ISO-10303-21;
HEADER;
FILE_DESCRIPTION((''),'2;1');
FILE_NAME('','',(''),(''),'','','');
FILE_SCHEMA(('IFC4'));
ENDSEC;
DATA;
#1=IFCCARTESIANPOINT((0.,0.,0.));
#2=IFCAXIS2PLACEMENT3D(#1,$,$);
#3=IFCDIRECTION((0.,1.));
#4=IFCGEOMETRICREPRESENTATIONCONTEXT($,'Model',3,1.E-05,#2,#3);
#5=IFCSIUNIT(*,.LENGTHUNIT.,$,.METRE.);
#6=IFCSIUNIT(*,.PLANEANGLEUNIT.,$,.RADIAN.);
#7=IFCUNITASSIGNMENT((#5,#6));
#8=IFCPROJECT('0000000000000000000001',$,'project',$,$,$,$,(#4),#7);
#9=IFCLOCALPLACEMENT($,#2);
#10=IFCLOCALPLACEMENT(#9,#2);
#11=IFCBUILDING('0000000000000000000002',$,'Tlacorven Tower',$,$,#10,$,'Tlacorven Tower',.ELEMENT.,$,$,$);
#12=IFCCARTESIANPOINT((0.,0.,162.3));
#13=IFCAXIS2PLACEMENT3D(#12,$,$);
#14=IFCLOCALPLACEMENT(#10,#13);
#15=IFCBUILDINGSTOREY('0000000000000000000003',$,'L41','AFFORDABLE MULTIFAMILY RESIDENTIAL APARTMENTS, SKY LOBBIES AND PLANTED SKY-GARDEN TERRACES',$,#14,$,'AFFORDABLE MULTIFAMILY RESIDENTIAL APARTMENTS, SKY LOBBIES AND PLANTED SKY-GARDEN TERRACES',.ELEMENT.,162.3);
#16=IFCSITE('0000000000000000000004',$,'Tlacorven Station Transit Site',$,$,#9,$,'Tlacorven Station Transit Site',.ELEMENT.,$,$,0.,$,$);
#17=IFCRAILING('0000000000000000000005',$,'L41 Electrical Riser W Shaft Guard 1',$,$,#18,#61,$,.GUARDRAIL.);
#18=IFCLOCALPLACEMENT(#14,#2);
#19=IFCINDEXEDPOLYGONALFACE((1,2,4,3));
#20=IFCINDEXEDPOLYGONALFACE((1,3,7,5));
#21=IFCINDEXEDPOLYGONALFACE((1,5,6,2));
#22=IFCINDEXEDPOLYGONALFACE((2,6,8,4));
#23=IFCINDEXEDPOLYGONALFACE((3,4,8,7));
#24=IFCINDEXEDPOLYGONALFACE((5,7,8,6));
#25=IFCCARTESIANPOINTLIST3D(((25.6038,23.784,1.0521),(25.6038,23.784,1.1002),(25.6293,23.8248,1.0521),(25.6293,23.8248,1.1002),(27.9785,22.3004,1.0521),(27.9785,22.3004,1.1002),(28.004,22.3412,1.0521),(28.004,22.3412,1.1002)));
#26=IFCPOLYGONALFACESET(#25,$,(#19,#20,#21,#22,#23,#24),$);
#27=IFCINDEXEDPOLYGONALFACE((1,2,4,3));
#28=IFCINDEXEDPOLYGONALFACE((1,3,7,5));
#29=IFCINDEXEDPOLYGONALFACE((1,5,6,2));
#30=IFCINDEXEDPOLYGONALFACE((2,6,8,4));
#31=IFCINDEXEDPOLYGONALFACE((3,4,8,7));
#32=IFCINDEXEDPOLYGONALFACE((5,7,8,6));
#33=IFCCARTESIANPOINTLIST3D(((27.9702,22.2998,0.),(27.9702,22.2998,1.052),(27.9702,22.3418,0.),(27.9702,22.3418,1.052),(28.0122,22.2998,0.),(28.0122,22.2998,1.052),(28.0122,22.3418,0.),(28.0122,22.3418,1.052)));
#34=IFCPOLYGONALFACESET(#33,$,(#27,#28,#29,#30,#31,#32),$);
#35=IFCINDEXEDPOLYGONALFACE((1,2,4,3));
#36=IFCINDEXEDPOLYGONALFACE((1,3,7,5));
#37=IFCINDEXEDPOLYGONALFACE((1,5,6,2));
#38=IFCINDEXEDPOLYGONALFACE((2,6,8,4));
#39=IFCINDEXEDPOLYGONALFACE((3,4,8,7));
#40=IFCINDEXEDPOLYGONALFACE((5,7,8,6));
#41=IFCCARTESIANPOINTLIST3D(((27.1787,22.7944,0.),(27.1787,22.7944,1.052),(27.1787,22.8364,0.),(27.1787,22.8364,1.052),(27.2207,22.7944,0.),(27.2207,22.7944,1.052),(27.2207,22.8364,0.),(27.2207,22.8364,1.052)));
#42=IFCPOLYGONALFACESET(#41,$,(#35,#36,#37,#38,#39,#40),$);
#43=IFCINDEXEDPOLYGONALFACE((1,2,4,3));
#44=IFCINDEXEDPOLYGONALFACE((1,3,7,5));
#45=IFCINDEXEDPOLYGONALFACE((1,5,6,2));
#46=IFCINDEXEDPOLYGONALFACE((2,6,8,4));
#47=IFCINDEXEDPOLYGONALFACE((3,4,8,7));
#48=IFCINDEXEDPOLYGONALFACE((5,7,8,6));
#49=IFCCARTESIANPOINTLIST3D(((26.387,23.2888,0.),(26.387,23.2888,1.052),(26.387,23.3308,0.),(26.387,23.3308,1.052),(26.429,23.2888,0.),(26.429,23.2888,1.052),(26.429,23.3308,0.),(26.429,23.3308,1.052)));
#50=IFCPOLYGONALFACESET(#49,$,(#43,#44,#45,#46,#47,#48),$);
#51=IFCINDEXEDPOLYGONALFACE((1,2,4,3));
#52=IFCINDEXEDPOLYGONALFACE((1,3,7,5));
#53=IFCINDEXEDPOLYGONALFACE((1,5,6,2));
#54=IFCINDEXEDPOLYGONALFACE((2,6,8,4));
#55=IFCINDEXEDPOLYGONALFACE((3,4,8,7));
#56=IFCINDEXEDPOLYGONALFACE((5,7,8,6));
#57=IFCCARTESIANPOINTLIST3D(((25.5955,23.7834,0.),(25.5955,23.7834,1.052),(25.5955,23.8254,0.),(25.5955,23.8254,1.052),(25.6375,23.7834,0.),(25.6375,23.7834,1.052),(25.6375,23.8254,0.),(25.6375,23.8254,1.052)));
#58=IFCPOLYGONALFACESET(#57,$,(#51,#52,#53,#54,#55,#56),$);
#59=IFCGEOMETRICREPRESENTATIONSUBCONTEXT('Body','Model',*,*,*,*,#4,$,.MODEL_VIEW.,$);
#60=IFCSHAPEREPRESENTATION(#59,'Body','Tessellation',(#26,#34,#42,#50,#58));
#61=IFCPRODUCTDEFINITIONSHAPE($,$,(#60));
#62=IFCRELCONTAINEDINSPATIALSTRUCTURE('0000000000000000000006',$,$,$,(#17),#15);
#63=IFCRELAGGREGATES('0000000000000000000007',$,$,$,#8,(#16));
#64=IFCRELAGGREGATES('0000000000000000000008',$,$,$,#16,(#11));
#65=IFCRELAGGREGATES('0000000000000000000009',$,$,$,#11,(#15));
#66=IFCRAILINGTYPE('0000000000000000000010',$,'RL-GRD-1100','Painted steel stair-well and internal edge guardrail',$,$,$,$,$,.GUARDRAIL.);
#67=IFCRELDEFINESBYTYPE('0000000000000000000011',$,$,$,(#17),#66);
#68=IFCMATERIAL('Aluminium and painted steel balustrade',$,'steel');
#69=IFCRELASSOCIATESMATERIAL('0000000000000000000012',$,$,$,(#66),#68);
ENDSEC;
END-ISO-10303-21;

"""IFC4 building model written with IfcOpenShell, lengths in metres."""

from ifc_helpers import new_model, si_unit, direction, frame, origin, origin_2d, place, context, subcontext, project, spatial, rectangle, extrude, source, transform, mapped, material, type_object, element, save


model = new_model("IFC4")

# Units and contexts
model_context = context("Model", 3, precision=1e-05, world=origin(), true_north=direction((0.0, 1.0)))
body_context = subcontext(model_context, "Body", "Model", "MODEL_VIEW")
ifc_project = project(units=[si_unit("LENGTHUNIT", "METRE"), si_unit("PLANEANGLEUNIT", "RADIAN")], contexts=[model_context])

# Site, building, storey
site_placement = place(None, origin())
site = spatial("IfcSite", under=ifc_project, at=site_placement, Name="Tlacorven Station Transit Site", LongName="Tlacorven Station Transit Site", CompositionType="ELEMENT", RefElevation=0.0)
building_placement = place(site_placement, origin())
building = spatial("IfcBuilding", under=site, at=building_placement, Name="Tlacorven Tower", LongName="Tlacorven Tower", CompositionType="ELEMENT")
storey_placement = place(building_placement, frame((0.0, 0.0, 162.3)))
storey = spatial("IfcBuildingStorey", under=building, at=storey_placement, Name="L41", Description="AFFORDABLE MULTIFAMILY RESIDENTIAL APARTMENTS, SKY LOBBIES AND PLANTED SKY-GARDEN TERRACES", LongName="AFFORDABLE MULTIFAMILY RESIDENTIAL APARTMENTS, SKY LOBBIES AND PLANTED SKY-GARDEN TERRACES", CompositionType="ELEMENT", Elevation=162.3)

# Railing
ifc_material_1 = material(Name="Aluminium and painted steel balustrade", Category="steel")
railing_type = type_object("IfcRailingType", Name="RL-GRD-1100", Description="Painted steel stair-well and internal edge guardrail", PredefinedType="GUARDRAIL", material=ifc_material_1)
shared_shape_1 = source(origin(), body_context, "Body", "SweptSolid", [
    extrude(rectangle(XDim=0.0481, YDim=0.0481, at=origin_2d()), frame((0.0, 0.0, 1.0762), z_axis=(-0.848091, 0.52985, 0.0), x_axis=(-0.52985, -0.848091, 0.0)), (0.0, 0.0, 1.0), 2.8),
    extrude(rectangle(XDim=0.042, YDim=0.042, at=origin_2d()), origin(), (0.0, 0.0, 1.0), 1.052),
    extrude(rectangle(XDim=0.042, YDim=0.042, at=origin_2d()), frame((-0.7915, 0.4946, 0.0)), (0.0, 0.0, 1.0), 1.052),
    extrude(rectangle(XDim=0.042, YDim=0.042, at=origin_2d()), frame((-1.5833, 0.989, 0.0)), (0.0, 0.0, 1.0), 1.052),
    extrude(rectangle(XDim=0.042, YDim=0.042, at=origin_2d()), frame((-2.3748, 1.4836, 0.0)), (0.0, 0.0, 1.0), 1.052),
])
railing_placement = place(storey_placement, frame((27.9912, 22.3208, 0.0)))
element("IfcRailing", 1, at=railing_placement, inside=storey, type_object=railing_type, Name="L41 Electrical Riser W Shaft Guard 1", PredefinedType="GUARDRAIL", context=body_context, shape_type="MappedRepresentation", body=[
    mapped(shared_shape_1, transform((0.0, 0.0, 0.0), scale=1.0)),
])

save(model, "model.ifc")
